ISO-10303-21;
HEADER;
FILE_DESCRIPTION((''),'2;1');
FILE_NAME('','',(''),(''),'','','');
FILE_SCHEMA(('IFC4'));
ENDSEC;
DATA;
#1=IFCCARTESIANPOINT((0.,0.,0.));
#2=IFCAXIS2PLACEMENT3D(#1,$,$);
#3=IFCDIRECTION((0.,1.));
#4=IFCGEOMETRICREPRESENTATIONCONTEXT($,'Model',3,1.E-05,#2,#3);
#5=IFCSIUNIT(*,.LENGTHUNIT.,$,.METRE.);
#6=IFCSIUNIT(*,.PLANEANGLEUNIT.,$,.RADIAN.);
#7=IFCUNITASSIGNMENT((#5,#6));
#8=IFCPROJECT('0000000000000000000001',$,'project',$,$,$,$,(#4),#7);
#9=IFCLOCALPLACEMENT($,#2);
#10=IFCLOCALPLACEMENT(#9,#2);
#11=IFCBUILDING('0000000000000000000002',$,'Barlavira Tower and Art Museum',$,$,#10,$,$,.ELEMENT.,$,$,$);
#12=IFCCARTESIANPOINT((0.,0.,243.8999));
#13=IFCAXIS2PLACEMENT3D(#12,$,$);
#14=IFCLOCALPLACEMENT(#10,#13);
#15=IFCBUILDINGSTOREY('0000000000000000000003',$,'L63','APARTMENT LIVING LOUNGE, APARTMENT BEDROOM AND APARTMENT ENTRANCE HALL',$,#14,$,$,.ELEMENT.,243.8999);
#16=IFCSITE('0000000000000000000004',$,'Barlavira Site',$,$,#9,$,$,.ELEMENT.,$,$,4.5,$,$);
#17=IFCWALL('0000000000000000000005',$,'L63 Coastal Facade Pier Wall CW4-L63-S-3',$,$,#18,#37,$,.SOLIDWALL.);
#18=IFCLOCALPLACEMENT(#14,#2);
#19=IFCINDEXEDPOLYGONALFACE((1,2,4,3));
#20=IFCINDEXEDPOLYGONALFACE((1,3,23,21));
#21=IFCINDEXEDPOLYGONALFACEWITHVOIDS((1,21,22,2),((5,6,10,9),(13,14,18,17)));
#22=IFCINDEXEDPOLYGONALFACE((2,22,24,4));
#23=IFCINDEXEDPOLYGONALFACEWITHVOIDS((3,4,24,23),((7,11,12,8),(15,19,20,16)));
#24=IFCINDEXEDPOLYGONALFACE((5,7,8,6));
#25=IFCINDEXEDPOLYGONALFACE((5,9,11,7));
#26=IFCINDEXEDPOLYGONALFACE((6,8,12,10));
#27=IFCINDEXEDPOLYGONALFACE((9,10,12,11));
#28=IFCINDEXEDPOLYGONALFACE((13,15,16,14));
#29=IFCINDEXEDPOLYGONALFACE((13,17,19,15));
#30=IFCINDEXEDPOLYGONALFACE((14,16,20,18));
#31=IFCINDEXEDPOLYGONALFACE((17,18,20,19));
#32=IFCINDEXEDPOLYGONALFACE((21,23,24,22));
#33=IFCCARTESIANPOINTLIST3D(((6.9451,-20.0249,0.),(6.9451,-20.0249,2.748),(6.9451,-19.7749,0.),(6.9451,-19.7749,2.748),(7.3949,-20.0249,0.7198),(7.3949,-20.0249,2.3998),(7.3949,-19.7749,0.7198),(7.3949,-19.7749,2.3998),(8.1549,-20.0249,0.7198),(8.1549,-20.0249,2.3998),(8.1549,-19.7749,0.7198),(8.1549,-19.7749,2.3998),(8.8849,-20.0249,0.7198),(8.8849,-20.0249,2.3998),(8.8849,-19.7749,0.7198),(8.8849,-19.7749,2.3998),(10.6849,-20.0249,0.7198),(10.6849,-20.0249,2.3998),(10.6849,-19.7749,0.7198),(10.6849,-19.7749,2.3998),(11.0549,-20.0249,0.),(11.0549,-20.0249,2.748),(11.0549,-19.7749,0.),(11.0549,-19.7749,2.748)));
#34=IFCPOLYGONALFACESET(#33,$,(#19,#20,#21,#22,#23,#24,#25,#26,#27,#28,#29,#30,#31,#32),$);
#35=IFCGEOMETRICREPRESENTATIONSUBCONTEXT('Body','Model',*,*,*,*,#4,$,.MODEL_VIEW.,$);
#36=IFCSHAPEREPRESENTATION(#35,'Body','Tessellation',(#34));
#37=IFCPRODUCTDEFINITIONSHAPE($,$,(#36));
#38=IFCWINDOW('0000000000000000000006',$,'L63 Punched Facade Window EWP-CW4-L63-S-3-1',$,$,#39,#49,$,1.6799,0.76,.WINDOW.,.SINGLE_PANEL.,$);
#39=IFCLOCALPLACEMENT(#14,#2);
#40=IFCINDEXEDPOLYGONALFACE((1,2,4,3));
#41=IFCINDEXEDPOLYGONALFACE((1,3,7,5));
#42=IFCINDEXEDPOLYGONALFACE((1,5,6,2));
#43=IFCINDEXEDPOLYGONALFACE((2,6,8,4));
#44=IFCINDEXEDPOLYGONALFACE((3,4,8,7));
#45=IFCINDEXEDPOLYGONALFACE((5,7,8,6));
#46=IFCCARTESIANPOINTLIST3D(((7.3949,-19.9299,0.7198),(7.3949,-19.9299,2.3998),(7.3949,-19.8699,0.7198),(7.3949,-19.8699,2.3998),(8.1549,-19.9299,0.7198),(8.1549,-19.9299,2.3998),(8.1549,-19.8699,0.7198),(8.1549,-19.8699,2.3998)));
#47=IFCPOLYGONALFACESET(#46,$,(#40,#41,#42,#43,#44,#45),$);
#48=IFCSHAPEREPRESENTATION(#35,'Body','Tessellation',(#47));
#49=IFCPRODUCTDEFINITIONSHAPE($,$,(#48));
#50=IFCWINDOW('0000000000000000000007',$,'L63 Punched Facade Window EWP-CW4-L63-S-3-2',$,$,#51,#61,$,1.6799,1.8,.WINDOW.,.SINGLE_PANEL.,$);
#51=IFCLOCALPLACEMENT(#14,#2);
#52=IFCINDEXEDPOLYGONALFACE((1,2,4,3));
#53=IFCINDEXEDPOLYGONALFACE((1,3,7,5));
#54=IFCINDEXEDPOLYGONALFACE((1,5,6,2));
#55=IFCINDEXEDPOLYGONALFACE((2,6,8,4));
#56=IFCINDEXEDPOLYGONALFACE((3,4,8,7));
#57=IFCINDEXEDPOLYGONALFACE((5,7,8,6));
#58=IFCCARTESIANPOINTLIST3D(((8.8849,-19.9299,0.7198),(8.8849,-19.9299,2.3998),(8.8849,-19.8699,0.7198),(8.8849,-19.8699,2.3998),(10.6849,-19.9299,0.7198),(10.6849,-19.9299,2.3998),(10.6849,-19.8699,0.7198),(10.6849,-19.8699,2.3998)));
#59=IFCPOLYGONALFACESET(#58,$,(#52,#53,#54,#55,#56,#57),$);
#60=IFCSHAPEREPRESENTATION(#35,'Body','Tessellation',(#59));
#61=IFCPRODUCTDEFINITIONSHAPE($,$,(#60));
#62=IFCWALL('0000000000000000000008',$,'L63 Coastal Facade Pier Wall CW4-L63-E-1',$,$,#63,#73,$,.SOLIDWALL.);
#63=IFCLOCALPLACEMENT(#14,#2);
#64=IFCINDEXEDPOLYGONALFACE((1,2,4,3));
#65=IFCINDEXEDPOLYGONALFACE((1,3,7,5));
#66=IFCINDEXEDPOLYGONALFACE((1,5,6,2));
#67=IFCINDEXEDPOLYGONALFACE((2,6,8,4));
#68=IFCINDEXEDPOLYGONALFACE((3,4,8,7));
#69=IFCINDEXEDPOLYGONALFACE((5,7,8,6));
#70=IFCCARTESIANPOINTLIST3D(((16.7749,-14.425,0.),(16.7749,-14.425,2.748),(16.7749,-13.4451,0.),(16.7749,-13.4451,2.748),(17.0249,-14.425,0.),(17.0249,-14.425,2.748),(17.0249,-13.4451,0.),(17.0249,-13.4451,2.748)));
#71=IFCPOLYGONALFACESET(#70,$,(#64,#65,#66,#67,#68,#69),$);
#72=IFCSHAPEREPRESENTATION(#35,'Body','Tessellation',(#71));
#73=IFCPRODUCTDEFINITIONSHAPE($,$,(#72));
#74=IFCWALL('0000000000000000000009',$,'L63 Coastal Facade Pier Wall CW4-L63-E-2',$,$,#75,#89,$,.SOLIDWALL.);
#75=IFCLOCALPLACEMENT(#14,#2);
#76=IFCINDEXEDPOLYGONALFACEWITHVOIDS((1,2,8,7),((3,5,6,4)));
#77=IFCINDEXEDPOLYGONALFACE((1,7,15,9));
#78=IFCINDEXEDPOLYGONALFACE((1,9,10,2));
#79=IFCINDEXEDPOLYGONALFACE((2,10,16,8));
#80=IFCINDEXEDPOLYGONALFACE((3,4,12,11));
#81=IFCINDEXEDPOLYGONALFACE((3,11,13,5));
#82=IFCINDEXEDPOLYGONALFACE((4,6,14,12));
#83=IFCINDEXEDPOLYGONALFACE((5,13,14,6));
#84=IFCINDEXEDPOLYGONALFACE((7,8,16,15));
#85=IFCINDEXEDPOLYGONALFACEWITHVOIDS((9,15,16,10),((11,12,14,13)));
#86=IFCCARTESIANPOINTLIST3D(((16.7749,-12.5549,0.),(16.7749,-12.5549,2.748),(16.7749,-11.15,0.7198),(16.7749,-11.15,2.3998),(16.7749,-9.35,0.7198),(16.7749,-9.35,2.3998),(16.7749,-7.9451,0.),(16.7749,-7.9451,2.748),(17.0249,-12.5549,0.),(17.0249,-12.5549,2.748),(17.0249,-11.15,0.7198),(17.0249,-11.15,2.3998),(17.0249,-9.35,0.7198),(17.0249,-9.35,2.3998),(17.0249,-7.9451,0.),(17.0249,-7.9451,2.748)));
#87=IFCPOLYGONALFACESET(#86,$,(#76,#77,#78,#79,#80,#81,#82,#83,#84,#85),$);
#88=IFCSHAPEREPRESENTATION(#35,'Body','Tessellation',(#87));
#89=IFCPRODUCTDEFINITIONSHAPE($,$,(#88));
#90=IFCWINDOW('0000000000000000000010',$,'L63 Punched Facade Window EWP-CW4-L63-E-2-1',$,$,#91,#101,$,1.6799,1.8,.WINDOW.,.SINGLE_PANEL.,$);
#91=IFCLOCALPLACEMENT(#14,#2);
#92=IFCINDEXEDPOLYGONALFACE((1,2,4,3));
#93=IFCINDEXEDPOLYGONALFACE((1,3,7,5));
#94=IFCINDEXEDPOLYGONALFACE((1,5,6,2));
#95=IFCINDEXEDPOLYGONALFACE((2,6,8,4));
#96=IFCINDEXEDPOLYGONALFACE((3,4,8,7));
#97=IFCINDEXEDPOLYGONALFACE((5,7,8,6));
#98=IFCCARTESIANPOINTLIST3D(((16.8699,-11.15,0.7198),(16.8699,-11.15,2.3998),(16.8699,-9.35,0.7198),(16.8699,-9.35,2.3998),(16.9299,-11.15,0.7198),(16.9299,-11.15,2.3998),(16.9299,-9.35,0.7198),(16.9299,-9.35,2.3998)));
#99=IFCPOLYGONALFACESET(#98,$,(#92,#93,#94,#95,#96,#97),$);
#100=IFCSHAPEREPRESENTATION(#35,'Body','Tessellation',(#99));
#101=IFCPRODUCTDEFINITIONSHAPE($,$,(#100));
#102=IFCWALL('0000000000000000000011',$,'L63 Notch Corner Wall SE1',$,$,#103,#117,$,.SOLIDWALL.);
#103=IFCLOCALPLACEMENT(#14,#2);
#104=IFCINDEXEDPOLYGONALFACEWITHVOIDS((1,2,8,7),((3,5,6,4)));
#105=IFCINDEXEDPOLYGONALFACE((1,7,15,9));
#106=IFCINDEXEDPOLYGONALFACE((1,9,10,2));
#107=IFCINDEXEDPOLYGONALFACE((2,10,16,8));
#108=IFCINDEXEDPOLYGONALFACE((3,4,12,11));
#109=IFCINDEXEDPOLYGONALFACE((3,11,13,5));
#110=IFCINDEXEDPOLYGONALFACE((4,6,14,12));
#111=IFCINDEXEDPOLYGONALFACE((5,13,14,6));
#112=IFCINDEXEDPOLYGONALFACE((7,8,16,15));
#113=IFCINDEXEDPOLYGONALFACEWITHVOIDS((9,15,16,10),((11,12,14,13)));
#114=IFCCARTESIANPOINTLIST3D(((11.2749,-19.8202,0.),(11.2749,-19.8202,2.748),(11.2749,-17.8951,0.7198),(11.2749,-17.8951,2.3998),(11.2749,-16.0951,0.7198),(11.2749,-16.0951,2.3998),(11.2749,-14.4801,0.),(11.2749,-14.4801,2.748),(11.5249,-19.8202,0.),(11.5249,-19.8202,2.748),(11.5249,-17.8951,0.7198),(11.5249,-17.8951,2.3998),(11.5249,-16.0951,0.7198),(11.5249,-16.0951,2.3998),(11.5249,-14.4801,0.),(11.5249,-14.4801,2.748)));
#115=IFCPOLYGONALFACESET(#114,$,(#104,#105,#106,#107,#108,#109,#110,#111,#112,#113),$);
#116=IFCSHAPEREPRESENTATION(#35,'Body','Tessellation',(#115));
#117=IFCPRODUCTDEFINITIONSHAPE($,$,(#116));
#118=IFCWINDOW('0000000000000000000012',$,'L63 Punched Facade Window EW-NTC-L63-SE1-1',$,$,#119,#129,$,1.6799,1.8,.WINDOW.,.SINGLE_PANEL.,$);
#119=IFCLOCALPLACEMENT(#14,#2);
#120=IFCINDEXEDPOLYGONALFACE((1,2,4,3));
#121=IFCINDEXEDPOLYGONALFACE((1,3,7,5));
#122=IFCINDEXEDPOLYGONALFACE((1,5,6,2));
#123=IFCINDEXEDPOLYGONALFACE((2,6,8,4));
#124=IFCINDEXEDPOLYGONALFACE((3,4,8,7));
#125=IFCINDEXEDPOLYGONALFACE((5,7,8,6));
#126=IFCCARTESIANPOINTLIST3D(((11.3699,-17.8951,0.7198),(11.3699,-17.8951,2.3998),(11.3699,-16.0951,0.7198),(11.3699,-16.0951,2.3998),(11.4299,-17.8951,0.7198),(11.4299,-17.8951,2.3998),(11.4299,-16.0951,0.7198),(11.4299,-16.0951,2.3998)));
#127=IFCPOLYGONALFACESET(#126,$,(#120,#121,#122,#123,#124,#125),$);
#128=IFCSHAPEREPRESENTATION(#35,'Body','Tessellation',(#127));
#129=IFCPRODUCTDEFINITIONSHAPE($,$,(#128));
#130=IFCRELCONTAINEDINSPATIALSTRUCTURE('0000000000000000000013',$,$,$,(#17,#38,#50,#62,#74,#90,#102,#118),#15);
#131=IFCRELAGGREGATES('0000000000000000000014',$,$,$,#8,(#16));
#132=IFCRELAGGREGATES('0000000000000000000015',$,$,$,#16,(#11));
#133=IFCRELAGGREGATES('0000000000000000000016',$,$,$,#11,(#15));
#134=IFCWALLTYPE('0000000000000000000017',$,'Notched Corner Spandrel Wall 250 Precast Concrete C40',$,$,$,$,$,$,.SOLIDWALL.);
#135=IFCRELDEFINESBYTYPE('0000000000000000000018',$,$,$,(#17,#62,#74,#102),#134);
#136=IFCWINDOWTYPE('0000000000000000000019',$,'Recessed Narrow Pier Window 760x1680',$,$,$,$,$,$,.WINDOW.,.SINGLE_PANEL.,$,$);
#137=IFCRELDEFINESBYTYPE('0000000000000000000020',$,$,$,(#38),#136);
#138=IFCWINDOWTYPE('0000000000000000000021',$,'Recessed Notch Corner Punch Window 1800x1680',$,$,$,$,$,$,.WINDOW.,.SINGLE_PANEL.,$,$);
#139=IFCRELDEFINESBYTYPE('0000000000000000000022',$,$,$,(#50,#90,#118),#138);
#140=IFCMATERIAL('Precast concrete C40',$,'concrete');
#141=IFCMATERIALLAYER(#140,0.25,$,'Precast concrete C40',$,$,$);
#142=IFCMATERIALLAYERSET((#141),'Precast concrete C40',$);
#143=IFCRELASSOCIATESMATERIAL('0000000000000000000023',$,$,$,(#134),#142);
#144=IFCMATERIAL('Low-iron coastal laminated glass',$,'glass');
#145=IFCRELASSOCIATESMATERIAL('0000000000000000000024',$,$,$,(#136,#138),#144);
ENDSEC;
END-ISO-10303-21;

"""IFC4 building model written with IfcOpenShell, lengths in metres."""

from ifc_helpers import new_model, si_unit, direction, frame, frame_2d, origin, place, context, subcontext, project, spatial, rectangle, extrude, material, layer, layer_set, type_object, element, fill, save


model = new_model("IFC4")

# Units and contexts
model_context = context("Model", 3, precision=1e-05, world=origin(), true_north=direction((0.0, 1.0)))
body_context = subcontext(model_context, "Body", "Model", "MODEL_VIEW")
ifc_project = project(units=[si_unit("LENGTHUNIT", "METRE"), si_unit("PLANEANGLEUNIT", "RADIAN")], contexts=[model_context])

# Site, building, storey
site_placement = place(None, origin())
site = spatial("IfcSite", under=ifc_project, at=site_placement, Name="Barlavira Site", CompositionType="ELEMENT", RefElevation=4.5)
building_placement = place(site_placement, origin())
building = spatial("IfcBuilding", under=site, at=building_placement, Name="Barlavira Tower and Art Museum", CompositionType="ELEMENT")
storey_placement = place(building_placement, frame((0.0, 0.0, 243.8999)))
storey = spatial("IfcBuildingStorey", under=building, at=storey_placement, Name="L63", Description="APARTMENT LIVING LOUNGE, APARTMENT BEDROOM AND APARTMENT ENTRANCE HALL", CompositionType="ELEMENT", Elevation=243.8999)

# Shared definitions
ifc_material_1 = material(Name="Low-iron coastal laminated glass", Category="glass")

# Wall, openings, windows
ifc_material_2 = material(Name="Precast concrete C40", Category="concrete")
ifc_layer_1 = layer(ifc_material_2, 0.25, Name="Precast concrete C40")
ifc_layer_set_1 = layer_set([ifc_layer_1], Name="Precast concrete C40")
wall_type_1 = type_object("IfcWallType", Name="Notched Corner Spandrel Wall 250 Precast Concrete C40", PredefinedType="SOLIDWALL", material=ifc_layer_set_1)
wall_1_placement = place(storey_placement, frame((6.9451, -19.8999, 0.0), z_axis=(0.0, 0.0, 1.0), x_axis=(1.0, 0.0, 0.0)))
wall_1 = element("IfcWall", 1, at=wall_1_placement, inside=storey, type_object=wall_type_1, Name="L63 Coastal Facade Pier Wall CW4-L63-S-3", PredefinedType="SOLIDWALL", context=body_context, shape_type="SweptSolid", body=[
    extrude(rectangle(XDim=4.1099, YDim=0.25, at=frame_2d((2.0549, 0.0))), origin(), (0.0, 0.0, 1.0), 2.748),
])
opening_1_placement = place(wall_1_placement, frame((0.45, 0.0, 0.72)))
opening_1 = element("IfcOpeningElement", 2, at=opening_1_placement, cuts=wall_1, PredefinedType="OPENING", context=body_context, shape_type="SweptSolid", body=[
    extrude(rectangle(XDim=0.76, YDim=1.6799, at=frame_2d((0.3799, 0.8398))), frame((0.0, 0.135, 0.0), z_axis=(0.0, -1.0, 0.0), x_axis=(1.0, 0.0, 0.0)), (0.0, 0.0, 1.0), 0.27),
])
opening_2_placement = place(wall_1_placement, frame((1.9399, 0.0, 0.72)))
opening_2 = element("IfcOpeningElement", 3, at=opening_2_placement, cuts=wall_1, PredefinedType="OPENING", context=body_context, shape_type="SweptSolid", body=[
    extrude(rectangle(XDim=1.8, YDim=1.6799, at=frame_2d((0.8999, 0.8398))), frame((0.0, 0.135, 0.0), z_axis=(0.0, -1.0, 0.0), x_axis=(1.0, 0.0, 0.0)), (0.0, 0.0, 1.0), 0.27),
])
window_type_1 = type_object("IfcWindowType", Name="Recessed Narrow Pier Window 760x1680", PartitioningType="SINGLE_PANEL", PredefinedType="WINDOW", material=ifc_material_1)
window_1_placement = place(opening_1_placement, origin())
window_1 = element("IfcWindow", 4, at=window_1_placement, inside=storey, type_object=window_type_1, Name="L63 Punched Facade Window EWP-CW4-L63-S-3-1", OverallHeight=1.6799, OverallWidth=0.76, PartitioningType="SINGLE_PANEL", PredefinedType="WINDOW", context=body_context, shape_type="SweptSolid", body=[
    extrude(rectangle(XDim=0.76, YDim=1.6799, at=frame_2d((0.3799, 0.8398))), frame((0.0, 0.03, 0.0), z_axis=(0.0, -1.0, 0.0), x_axis=(1.0, 0.0, 0.0)), (0.0, 0.0, 1.0), 0.0601),
])
fill(opening_1, window_1)
window_type_2 = type_object("IfcWindowType", Name="Recessed Notch Corner Punch Window 1800x1680", PartitioningType="SINGLE_PANEL", PredefinedType="WINDOW", material=ifc_material_1)
window_2_placement = place(opening_2_placement, origin())
window_2 = element("IfcWindow", 5, at=window_2_placement, inside=storey, type_object=window_type_2, Name="L63 Punched Facade Window EWP-CW4-L63-S-3-2", OverallHeight=1.6799, OverallWidth=1.8, PartitioningType="SINGLE_PANEL", PredefinedType="WINDOW", context=body_context, shape_type="SweptSolid", body=[
    extrude(rectangle(XDim=1.8, YDim=1.6799, at=frame_2d((0.8999, 0.8398))), frame((0.0, 0.03, 0.0), z_axis=(0.0, -1.0, 0.0), x_axis=(1.0, 0.0, 0.0)), (0.0, 0.0, 1.0), 0.0601),
])
fill(opening_2, window_2)

# Wall
wall_2_placement = place(storey_placement, frame((16.8999, -14.425, 0.0), z_axis=(0.0, 0.0, 1.0), x_axis=(0.0, 1.0, 0.0)))
element("IfcWall", 6, at=wall_2_placement, inside=storey, type_object=wall_type_1, Name="L63 Coastal Facade Pier Wall CW4-L63-E-1", PredefinedType="SOLIDWALL", context=body_context, shape_type="SweptSolid", body=[
    extrude(rectangle(XDim=0.98, YDim=0.25, at=frame_2d((0.49, 0.0))), origin(), (0.0, 0.0, 1.0), 2.748),
])

# Walls, openings, windows
wall_3_placement = place(storey_placement, frame((16.8999, -12.5549, 0.0), z_axis=(0.0, 0.0, 1.0), x_axis=(0.0, 1.0, 0.0)))
wall_3 = element("IfcWall", 7, at=wall_3_placement, inside=storey, type_object=wall_type_1, Name="L63 Coastal Facade Pier Wall CW4-L63-E-2", PredefinedType="SOLIDWALL", context=body_context, shape_type="SweptSolid", body=[
    extrude(rectangle(XDim=4.6099, YDim=0.25, at=frame_2d((2.3049, 0.0))), origin(), (0.0, 0.0, 1.0), 2.748),
])
opening_3_placement = place(wall_3_placement, frame((1.405, 0.0, 0.72)))
opening_3 = element("IfcOpeningElement", 8, at=opening_3_placement, cuts=wall_3, PredefinedType="OPENING", context=body_context, shape_type="SweptSolid", body=[
    extrude(rectangle(XDim=1.8, YDim=1.6799, at=frame_2d((0.8999, 0.8398))), frame((0.0, 0.135, 0.0), z_axis=(0.0, -1.0, 0.0), x_axis=(1.0, 0.0, 0.0)), (0.0, 0.0, 1.0), 0.27),
])
window_3_placement = place(opening_3_placement, origin())
window_3 = element("IfcWindow", 9, at=window_3_placement, inside=storey, type_object=window_type_2, Name="L63 Punched Facade Window EWP-CW4-L63-E-2-1", OverallHeight=1.6799, OverallWidth=1.8, PartitioningType="SINGLE_PANEL", PredefinedType="WINDOW", context=body_context, shape_type="SweptSolid", body=[
    extrude(rectangle(XDim=1.8, YDim=1.6799, at=frame_2d((0.8999, 0.8398))), frame((0.0, 0.03, 0.0), z_axis=(0.0, -1.0, 0.0), x_axis=(1.0, 0.0, 0.0)), (0.0, 0.0, 1.0), 0.0601),
])
fill(opening_3, window_3)
wall_4_placement = place(storey_placement, frame((11.3999, -19.8201, 0.0), z_axis=(0.0, 0.0, 1.0), x_axis=(0.0, 1.0, 0.0)))
wall_4 = element("IfcWall", 10, at=wall_4_placement, inside=storey, type_object=wall_type_1, Name="L63 Notch Corner Wall SE1", PredefinedType="SOLIDWALL", context=body_context, shape_type="SweptSolid", body=[
    extrude(rectangle(XDim=5.3401, YDim=0.25, at=frame_2d((2.6699, 0.0))), origin(), (0.0, 0.0, 1.0), 2.748),
])
opening_4_placement = place(wall_4_placement, frame((1.925, 0.0, 0.72)))
opening_4 = element("IfcOpeningElement", 11, at=opening_4_placement, cuts=wall_4, PredefinedType="OPENING", context=body_context, shape_type="SweptSolid", body=[
    extrude(rectangle(XDim=1.8, YDim=1.6799, at=frame_2d((0.8999, 0.8398))), frame((0.0, 0.135, 0.0), z_axis=(0.0, -1.0, 0.0), x_axis=(1.0, 0.0, 0.0)), (0.0, 0.0, 1.0), 0.27),
])
window_4_placement = place(opening_4_placement, origin())
window_4 = element("IfcWindow", 12, at=window_4_placement, inside=storey, type_object=window_type_2, Name="L63 Punched Facade Window EW-NTC-L63-SE1-1", OverallHeight=1.6799, OverallWidth=1.8, PartitioningType="SINGLE_PANEL", PredefinedType="WINDOW", context=body_context, shape_type="SweptSolid", body=[
    extrude(rectangle(XDim=1.8, YDim=1.6799, at=frame_2d((0.8999, 0.8398))), frame((0.0, 0.03, 0.0), z_axis=(0.0, -1.0, 0.0), x_axis=(1.0, 0.0, 0.0)), (0.0, 0.0, 1.0), 0.0601),
])
fill(opening_4, window_4)

save(model, "model.ifc")
